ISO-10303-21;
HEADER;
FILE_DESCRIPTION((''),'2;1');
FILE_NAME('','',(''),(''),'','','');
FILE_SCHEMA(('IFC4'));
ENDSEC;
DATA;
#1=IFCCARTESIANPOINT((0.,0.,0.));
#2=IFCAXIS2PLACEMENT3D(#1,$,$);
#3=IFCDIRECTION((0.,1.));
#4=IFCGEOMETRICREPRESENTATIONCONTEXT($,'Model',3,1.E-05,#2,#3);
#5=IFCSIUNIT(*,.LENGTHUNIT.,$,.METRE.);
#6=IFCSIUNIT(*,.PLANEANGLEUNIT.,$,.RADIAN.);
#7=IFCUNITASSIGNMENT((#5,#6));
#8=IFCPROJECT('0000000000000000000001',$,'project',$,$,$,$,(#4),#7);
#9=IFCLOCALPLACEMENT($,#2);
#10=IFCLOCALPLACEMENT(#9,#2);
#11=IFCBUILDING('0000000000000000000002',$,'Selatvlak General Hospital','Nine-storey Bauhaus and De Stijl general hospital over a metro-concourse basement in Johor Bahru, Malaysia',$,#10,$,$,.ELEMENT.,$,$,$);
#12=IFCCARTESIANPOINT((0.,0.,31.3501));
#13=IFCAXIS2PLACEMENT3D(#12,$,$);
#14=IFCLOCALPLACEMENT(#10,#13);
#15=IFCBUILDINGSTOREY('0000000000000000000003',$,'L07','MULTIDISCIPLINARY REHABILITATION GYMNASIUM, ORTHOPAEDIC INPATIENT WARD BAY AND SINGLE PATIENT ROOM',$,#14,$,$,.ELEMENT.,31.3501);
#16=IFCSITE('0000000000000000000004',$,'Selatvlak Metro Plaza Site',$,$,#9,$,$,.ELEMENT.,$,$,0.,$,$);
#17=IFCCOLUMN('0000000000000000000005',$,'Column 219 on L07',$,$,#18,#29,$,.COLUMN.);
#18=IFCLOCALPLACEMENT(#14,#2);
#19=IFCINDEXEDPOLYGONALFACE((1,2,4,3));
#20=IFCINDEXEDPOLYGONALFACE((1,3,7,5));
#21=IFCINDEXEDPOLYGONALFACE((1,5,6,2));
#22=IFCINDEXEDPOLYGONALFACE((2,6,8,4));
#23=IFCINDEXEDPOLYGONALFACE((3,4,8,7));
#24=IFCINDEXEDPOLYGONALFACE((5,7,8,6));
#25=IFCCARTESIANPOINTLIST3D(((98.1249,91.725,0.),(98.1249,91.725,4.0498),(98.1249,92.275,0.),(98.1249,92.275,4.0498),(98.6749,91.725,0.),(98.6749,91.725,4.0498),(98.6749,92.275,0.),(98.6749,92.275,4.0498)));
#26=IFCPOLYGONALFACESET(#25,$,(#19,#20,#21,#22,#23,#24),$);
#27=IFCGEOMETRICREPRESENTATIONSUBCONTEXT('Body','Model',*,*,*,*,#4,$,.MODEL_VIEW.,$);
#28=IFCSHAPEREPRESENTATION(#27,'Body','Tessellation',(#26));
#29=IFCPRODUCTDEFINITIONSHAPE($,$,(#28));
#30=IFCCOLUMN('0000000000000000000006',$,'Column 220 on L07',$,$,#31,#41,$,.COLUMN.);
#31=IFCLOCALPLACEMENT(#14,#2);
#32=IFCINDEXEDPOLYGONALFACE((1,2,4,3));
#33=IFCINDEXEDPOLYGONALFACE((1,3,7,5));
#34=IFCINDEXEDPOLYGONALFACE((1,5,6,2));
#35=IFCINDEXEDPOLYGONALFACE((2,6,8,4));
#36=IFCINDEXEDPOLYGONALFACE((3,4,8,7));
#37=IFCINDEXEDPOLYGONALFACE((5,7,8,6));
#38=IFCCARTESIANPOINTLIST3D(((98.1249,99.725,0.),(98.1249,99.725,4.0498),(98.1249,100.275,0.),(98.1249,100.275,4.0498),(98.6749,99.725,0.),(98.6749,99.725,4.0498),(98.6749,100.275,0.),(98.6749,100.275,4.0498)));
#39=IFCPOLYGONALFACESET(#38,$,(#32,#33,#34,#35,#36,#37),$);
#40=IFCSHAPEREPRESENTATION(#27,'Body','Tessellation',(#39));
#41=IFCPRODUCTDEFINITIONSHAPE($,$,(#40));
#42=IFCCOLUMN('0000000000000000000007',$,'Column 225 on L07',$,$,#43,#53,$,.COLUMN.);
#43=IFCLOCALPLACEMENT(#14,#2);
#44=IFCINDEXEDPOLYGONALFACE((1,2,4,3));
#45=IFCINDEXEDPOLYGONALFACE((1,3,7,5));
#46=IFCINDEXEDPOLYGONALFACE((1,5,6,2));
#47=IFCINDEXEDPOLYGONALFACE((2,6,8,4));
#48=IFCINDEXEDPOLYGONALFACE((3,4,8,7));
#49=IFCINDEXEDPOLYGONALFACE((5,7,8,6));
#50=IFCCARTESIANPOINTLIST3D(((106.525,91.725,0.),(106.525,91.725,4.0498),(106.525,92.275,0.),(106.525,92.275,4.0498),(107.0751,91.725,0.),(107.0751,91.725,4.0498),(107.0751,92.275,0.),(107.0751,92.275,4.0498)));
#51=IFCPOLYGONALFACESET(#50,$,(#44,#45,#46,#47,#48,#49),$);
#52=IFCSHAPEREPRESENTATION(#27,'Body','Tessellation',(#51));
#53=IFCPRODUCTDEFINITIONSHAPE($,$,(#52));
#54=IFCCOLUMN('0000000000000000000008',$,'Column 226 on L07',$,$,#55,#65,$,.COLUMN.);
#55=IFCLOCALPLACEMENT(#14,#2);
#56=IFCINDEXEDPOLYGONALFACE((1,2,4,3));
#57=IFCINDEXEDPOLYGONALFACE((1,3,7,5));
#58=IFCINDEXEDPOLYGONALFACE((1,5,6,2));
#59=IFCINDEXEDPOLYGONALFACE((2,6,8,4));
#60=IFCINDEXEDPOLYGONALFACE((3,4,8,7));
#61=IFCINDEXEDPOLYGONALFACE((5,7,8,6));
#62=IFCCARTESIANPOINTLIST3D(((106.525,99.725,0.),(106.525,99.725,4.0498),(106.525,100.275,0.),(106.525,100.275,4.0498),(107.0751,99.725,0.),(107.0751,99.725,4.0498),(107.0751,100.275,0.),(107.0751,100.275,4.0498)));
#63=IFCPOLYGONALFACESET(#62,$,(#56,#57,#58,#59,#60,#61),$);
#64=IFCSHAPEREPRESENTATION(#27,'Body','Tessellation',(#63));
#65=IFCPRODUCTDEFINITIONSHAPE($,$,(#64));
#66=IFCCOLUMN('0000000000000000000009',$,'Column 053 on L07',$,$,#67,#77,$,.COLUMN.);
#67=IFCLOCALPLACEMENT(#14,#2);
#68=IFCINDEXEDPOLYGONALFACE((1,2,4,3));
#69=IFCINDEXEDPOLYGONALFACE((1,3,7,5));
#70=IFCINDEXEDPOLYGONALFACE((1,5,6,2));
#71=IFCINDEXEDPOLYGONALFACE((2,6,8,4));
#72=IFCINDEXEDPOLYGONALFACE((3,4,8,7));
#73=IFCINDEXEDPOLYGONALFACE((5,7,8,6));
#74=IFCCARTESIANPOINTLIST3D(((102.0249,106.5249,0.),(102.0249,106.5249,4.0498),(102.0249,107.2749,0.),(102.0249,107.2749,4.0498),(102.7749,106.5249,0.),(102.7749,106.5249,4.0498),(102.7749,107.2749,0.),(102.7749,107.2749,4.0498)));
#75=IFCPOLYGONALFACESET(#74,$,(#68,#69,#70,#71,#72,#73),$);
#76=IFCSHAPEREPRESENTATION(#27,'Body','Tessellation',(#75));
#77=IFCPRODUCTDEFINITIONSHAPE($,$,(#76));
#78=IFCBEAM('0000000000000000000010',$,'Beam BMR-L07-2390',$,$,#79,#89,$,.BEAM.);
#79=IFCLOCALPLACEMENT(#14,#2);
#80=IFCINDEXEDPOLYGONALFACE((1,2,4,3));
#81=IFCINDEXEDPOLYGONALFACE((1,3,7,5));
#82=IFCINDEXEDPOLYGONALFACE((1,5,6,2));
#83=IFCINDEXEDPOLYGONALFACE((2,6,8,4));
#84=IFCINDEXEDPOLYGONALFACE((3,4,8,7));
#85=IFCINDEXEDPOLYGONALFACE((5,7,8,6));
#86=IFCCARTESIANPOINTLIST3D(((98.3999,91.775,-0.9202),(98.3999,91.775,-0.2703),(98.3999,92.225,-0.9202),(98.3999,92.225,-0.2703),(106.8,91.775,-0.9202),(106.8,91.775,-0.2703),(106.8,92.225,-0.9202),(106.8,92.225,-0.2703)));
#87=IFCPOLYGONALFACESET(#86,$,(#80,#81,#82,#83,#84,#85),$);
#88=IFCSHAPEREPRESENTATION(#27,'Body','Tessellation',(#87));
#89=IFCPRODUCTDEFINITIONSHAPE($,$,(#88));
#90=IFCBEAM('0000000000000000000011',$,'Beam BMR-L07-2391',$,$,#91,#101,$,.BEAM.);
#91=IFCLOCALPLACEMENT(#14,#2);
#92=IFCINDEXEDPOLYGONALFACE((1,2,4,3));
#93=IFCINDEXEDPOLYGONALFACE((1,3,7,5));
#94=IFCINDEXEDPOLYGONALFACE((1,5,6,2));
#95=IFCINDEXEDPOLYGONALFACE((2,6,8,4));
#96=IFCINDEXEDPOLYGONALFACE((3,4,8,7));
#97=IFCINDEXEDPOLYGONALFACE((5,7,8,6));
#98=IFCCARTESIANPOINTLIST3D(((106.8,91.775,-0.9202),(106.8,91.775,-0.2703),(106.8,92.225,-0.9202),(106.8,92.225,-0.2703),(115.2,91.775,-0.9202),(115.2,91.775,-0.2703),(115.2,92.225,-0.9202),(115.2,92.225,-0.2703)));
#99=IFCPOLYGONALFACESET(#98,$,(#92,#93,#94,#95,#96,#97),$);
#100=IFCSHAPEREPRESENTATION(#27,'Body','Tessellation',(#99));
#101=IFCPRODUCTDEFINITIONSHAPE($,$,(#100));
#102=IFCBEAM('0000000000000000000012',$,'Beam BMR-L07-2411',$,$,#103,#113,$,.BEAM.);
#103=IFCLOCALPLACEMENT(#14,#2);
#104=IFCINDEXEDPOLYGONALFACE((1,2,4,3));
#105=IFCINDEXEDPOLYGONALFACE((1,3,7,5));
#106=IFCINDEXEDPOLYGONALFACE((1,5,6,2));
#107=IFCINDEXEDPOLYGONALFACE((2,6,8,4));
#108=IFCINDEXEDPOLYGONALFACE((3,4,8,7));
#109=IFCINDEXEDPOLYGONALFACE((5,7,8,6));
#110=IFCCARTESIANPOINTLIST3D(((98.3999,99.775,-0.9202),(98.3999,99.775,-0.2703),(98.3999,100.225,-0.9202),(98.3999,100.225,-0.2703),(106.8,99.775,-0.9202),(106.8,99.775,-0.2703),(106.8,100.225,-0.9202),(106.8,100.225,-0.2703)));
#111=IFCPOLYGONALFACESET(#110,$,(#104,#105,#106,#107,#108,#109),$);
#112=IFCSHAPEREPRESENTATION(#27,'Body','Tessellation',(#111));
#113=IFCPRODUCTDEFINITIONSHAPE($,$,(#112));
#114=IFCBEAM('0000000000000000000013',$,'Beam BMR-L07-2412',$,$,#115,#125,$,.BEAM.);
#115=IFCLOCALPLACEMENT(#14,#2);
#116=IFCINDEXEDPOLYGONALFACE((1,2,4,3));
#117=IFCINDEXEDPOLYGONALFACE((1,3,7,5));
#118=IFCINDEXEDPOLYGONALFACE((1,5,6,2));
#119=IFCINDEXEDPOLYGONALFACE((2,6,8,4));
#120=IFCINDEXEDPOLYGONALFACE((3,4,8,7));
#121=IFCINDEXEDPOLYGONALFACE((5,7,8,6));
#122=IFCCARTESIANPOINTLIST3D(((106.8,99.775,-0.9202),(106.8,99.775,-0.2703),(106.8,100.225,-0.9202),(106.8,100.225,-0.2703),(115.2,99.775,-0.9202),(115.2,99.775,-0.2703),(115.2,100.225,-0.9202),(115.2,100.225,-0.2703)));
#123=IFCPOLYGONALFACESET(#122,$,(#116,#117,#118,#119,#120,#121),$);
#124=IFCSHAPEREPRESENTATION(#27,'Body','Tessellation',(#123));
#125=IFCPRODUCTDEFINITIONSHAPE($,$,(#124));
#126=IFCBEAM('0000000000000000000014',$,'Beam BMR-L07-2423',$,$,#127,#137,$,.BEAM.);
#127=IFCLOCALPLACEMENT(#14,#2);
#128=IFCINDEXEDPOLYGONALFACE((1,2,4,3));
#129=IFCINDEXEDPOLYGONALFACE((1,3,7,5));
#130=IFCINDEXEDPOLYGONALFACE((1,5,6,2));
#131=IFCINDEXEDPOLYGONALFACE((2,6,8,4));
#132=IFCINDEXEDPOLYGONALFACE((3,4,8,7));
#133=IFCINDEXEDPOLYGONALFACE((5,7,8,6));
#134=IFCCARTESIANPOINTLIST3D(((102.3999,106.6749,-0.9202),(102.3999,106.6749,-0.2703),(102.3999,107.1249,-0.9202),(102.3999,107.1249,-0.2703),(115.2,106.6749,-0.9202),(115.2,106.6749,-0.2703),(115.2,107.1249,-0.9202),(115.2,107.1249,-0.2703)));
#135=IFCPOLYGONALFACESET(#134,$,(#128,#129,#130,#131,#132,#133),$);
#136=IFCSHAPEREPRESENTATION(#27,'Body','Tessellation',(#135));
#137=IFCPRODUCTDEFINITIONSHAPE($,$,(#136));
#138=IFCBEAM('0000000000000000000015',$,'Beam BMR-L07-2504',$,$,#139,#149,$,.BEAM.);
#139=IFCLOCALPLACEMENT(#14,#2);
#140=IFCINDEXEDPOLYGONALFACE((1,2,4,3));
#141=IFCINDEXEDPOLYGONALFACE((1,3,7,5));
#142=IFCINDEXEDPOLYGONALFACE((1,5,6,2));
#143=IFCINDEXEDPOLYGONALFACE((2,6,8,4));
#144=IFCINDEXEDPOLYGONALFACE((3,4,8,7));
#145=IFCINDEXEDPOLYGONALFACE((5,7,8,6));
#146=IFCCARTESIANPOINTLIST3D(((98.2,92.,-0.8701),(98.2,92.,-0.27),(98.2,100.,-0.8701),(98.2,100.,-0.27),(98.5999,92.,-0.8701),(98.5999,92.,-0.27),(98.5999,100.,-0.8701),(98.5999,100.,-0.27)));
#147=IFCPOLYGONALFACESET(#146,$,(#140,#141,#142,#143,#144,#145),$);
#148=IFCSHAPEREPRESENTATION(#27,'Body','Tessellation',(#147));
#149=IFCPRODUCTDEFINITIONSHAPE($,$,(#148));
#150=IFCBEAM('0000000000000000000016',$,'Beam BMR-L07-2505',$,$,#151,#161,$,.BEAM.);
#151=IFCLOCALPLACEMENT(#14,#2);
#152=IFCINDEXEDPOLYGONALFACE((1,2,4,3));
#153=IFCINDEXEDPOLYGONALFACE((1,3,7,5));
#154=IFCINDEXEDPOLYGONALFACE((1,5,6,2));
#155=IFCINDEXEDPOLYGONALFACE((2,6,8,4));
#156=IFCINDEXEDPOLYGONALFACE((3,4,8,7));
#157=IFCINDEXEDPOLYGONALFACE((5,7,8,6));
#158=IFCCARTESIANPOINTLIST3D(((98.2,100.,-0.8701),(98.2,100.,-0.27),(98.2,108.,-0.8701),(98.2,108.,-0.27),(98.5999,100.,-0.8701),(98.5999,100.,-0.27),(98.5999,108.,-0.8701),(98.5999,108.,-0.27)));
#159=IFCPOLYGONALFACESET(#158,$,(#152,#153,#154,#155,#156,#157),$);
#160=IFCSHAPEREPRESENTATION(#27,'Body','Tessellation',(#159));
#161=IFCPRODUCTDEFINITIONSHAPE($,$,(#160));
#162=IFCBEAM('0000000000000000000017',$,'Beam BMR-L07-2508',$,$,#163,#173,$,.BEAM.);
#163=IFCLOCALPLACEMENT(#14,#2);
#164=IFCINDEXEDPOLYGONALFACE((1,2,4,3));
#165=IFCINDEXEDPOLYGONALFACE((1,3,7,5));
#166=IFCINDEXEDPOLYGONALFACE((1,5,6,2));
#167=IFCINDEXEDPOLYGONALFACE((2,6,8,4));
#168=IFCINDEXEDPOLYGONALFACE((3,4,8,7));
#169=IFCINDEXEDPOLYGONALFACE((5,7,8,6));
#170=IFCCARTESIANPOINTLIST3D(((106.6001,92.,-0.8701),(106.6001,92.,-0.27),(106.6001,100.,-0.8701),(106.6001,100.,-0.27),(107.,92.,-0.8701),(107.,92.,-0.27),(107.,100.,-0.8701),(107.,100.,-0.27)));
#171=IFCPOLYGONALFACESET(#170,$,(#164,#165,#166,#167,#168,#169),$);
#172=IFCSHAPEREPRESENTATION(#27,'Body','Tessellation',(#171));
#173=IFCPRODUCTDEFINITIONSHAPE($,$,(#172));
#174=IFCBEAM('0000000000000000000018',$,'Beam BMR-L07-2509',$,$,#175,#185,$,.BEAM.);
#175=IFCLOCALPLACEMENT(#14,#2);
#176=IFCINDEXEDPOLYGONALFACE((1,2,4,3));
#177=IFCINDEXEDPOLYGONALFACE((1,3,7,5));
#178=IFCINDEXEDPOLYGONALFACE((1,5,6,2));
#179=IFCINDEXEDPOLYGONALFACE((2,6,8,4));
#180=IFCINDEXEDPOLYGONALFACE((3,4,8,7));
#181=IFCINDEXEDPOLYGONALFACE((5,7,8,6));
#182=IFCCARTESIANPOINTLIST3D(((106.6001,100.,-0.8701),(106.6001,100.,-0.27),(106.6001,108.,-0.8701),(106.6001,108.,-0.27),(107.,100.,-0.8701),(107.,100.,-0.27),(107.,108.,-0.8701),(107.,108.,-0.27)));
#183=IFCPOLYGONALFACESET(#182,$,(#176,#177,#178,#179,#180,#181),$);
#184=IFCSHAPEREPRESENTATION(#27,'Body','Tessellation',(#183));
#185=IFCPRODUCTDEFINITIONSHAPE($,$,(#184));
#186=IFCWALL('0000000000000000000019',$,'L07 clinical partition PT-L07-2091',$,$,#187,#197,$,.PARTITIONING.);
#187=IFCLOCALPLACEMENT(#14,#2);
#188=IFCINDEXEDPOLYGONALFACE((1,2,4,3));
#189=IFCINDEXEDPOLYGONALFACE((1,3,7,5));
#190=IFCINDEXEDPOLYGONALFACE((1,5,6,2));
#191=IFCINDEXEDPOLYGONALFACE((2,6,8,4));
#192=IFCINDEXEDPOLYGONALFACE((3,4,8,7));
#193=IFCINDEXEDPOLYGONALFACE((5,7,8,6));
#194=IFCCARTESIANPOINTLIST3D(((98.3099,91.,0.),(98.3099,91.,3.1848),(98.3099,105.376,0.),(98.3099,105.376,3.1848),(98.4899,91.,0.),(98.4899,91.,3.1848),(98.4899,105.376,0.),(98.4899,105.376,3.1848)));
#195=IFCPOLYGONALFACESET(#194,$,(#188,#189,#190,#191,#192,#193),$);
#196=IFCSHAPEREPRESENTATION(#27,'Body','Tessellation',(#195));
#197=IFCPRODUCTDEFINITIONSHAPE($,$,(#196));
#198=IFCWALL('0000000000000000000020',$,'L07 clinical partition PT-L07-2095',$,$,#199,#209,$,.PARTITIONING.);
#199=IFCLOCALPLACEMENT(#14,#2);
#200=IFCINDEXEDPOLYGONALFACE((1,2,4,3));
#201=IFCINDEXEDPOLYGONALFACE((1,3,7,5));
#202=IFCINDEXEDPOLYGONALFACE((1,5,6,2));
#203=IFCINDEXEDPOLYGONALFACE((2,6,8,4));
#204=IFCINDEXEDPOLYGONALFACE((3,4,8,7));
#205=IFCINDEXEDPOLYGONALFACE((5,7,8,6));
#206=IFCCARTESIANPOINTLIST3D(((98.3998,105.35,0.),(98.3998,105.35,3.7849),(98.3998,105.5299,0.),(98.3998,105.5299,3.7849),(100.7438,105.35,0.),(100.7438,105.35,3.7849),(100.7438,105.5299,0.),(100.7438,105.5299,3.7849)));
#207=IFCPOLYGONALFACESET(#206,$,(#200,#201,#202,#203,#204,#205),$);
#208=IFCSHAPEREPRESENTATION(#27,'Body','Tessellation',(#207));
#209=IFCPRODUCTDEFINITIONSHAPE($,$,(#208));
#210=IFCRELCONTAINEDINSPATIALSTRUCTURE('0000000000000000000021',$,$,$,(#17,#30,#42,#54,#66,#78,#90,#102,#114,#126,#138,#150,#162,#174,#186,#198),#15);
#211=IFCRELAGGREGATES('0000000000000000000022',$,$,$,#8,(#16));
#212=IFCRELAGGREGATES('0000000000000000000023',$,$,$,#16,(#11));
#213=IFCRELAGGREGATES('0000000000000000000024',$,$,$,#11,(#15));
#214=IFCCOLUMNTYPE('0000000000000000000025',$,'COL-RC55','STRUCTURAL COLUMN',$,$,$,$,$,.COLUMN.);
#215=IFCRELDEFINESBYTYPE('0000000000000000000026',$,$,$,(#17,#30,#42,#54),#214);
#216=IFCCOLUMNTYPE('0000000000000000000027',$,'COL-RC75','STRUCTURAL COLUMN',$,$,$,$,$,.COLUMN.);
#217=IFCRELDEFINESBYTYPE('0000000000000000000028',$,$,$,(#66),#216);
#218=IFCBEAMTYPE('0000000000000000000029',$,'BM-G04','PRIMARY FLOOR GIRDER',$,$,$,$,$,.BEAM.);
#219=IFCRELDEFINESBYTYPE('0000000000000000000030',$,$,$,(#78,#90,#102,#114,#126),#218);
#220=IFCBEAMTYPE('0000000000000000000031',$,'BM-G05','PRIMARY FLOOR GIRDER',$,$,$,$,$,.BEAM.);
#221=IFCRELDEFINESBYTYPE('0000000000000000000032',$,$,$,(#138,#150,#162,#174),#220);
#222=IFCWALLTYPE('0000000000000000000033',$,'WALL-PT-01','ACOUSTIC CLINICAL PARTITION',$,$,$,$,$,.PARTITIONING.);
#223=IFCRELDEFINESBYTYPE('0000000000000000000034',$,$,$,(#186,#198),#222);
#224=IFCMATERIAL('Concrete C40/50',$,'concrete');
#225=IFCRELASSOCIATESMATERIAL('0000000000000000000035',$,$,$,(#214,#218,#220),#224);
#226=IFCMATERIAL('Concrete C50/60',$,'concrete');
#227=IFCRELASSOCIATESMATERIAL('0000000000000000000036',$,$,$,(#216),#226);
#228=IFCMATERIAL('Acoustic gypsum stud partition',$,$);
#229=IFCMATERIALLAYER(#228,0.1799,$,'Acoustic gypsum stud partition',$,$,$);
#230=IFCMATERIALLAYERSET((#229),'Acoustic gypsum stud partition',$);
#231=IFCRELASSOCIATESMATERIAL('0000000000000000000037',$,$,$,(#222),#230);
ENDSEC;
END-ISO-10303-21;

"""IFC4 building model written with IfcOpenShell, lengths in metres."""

from ifc_helpers import new_model, si_unit, direction, frame, frame_2d, origin, origin_2d, place, context, subcontext, project, spatial, rectangle, extrude, material, layer, layer_set, material_profile, profile_set, type_object, element, save


model = new_model("IFC4")

# Units and contexts
model_context = context("Model", 3, precision=1e-05, world=origin(), true_north=direction((0.0, 1.0)))
body_context = subcontext(model_context, "Body", "Model", "MODEL_VIEW")
ifc_project = project(units=[si_unit("LENGTHUNIT", "METRE"), si_unit("PLANEANGLEUNIT", "RADIAN")], contexts=[model_context])

# Site, building, storey
site_placement = place(None, origin())
site = spatial("IfcSite", under=ifc_project, at=site_placement, Name="Selatvlak Metro Plaza Site", CompositionType="ELEMENT", RefElevation=0.0)
building_placement = place(site_placement, origin())
building = spatial("IfcBuilding", under=site, at=building_placement, Name="Selatvlak General Hospital", Description="Nine-storey Bauhaus and De Stijl general hospital over a metro-concourse basement in Johor Bahru, Malaysia", CompositionType="ELEMENT")
storey_placement = place(building_placement, frame((0.0, 0.0, 31.3501)))
storey = spatial("IfcBuildingStorey", under=building, at=storey_placement, Name="L07", Description="MULTIDISCIPLINARY REHABILITATION GYMNASIUM, ORTHOPAEDIC INPATIENT WARD BAY AND SINGLE PATIENT ROOM", CompositionType="ELEMENT", Elevation=31.3501)

# Columns
ifc_material_1 = material(Name="Concrete C40/50", Category="concrete")
ifc_material_profile_1 = material_profile(ifc_material_1, rectangle(XDim=0.55, YDim=0.55, at=origin_2d()), Name="RC-COL 550x550")
ifc_profile_set_1 = profile_set([ifc_material_profile_1], Name="Concrete C40/50")
column_type_1 = type_object("IfcColumnType", Name="COL-RC55", Description="STRUCTURAL COLUMN", PredefinedType="COLUMN", material=ifc_profile_set_1)
for number, where, z_axis, x_axis, name in (
    (1, (98.3999, 92.0, 0.0), (0.0, 0.0, 1.0), (1.0, 0.0, 0.0), "Column 219 on L07"),
    (2, (98.3999, 100.0, 0.0), (0.0, 0.0, 1.0), (1.0, 0.0, 0.0), "Column 220 on L07"),
    (3, (106.8, 92.0, 0.0), (0.0, 0.0, 1.0), (1.0, 0.0, 0.0), "Column 225 on L07"),
    (4, (106.8, 100.0, 0.0), (0.0, 0.0, 1.0), (1.0, 0.0, 0.0), "Column 226 on L07"),
):
    element("IfcColumn", number, at=place(storey_placement, frame(where, z_axis=z_axis, x_axis=x_axis)), inside=storey, type_object=column_type_1, Name=name, PredefinedType="COLUMN", context=body_context, shape_type="SweptSolid", body=[
        extrude(rectangle(XDim=0.55, YDim=0.55, at=origin_2d()), origin(), (0.0, 0.0, 1.0), 4.0498),
    ])
ifc_material_2 = material(Name="Concrete C50/60", Category="concrete")
ifc_material_profile_2 = material_profile(ifc_material_2, rectangle(XDim=0.75, YDim=0.75, at=origin_2d()), Name="RC-COL 750x750")
ifc_profile_set_2 = profile_set([ifc_material_profile_2], Name="Concrete C50/60")
column_type_2 = type_object("IfcColumnType", Name="COL-RC75", Description="STRUCTURAL COLUMN", PredefinedType="COLUMN", material=ifc_profile_set_2)
column_placement = place(storey_placement, frame((102.3999, 106.8999, 0.0), z_axis=(0.0, 0.0, 1.0), x_axis=(1.0, 0.0, 0.0)))
element("IfcColumn", 5, at=column_placement, inside=storey, type_object=column_type_2, Name="Column 053 on L07", PredefinedType="COLUMN", context=body_context, shape_type="SweptSolid", body=[
    extrude(rectangle(XDim=0.75, YDim=0.75, at=origin_2d()), origin(), (0.0, 0.0, 1.0), 4.0498),
])

# Beams
ifc_material_profile_3 = material_profile(ifc_material_1, rectangle(XDim=0.45, YDim=0.6499, at=origin_2d()), Name="RC-BM 450x650")
ifc_profile_set_3 = profile_set([ifc_material_profile_3], Name="Concrete C40/50")
beam_type_1 = type_object("IfcBeamType", Name="BM-G04", Description="PRIMARY FLOOR GIRDER", PredefinedType="BEAM", material=ifc_profile_set_3)
beam_1_placement = place(storey_placement, frame((98.3999, 92.0, -0.5952), z_axis=(1.0, 0.0, 0.0), x_axis=(0.0, 1.0, 0.0)))
element("IfcBeam", 6, at=beam_1_placement, inside=storey, type_object=beam_type_1, Name="Beam BMR-L07-2390", PredefinedType="BEAM", context=body_context, shape_type="SweptSolid", body=[
    extrude(rectangle(XDim=0.45, YDim=0.6499, at=origin_2d()), origin(), (0.0, 0.0, 1.0), 8.4001),
])
beam_2_placement = place(storey_placement, frame((106.8, 92.0, -0.5952), z_axis=(1.0, 0.0, 0.0), x_axis=(0.0, 1.0, 0.0)))
element("IfcBeam", 7, at=beam_2_placement, inside=storey, type_object=beam_type_1, Name="Beam BMR-L07-2391", PredefinedType="BEAM", context=body_context, shape_type="SweptSolid", body=[
    extrude(rectangle(XDim=0.45, YDim=0.6499, at=origin_2d()), origin(), (0.0, 0.0, 1.0), 8.3999),
])
beam_3_placement = place(storey_placement, frame((98.3999, 100.0, -0.5952), z_axis=(1.0, 0.0, 0.0), x_axis=(0.0, 1.0, 0.0)))
element("IfcBeam", 8, at=beam_3_placement, inside=storey, type_object=beam_type_1, Name="Beam BMR-L07-2411", PredefinedType="BEAM", context=body_context, shape_type="SweptSolid", body=[
    extrude(rectangle(XDim=0.45, YDim=0.6499, at=origin_2d()), origin(), (0.0, 0.0, 1.0), 8.4001),
])
beam_4_placement = place(storey_placement, frame((106.8, 100.0, -0.5952), z_axis=(1.0, 0.0, 0.0), x_axis=(0.0, 1.0, 0.0)))
element("IfcBeam", 9, at=beam_4_placement, inside=storey, type_object=beam_type_1, Name="Beam BMR-L07-2412", PredefinedType="BEAM", context=body_context, shape_type="SweptSolid", body=[
    extrude(rectangle(XDim=0.45, YDim=0.6499, at=origin_2d()), origin(), (0.0, 0.0, 1.0), 8.3999),
])
beam_5_placement = place(storey_placement, frame((102.3999, 106.8999, -0.5952), z_axis=(1.0, 0.0, 0.0), x_axis=(0.0, 1.0, 0.0)))
element("IfcBeam", 10, at=beam_5_placement, inside=storey, type_object=beam_type_1, Name="Beam BMR-L07-2423", PredefinedType="BEAM", context=body_context, shape_type="SweptSolid", body=[
    extrude(rectangle(XDim=0.45, YDim=0.6499, at=origin_2d()), origin(), (0.0, 0.0, 1.0), 12.8),
])
ifc_material_profile_4 = material_profile(ifc_material_1, rectangle(XDim=0.3999, YDim=0.6001, at=origin_2d()), Name="RC-BM 400x600")
ifc_profile_set_4 = profile_set([ifc_material_profile_4], Name="Concrete C40/50")
beam_type_2 = type_object("IfcBeamType", Name="BM-G05", Description="PRIMARY FLOOR GIRDER", PredefinedType="BEAM", material=ifc_profile_set_4)
for number, where, z_axis, x_axis, name in (
    (11, (98.3999, 92.0, -0.5701), (0.0, 1.0, 0.0), (-1.0, 0.0, 0.0), "Beam BMR-L07-2504"),
    (12, (98.3999, 100.0, -0.5701), (0.0, 1.0, 0.0), (-1.0, 0.0, 0.0), "Beam BMR-L07-2505"),
    (13, (106.8, 92.0, -0.5701), (0.0, 1.0, 0.0), (-1.0, 0.0, 0.0), "Beam BMR-L07-2508"),
    (14, (106.8, 100.0, -0.5701), (0.0, 1.0, 0.0), (-1.0, 0.0, 0.0), "Beam BMR-L07-2509"),
):
    element("IfcBeam", number, at=place(storey_placement, frame(where, z_axis=z_axis, x_axis=x_axis)), inside=storey, type_object=beam_type_2, Name=name, PredefinedType="BEAM", context=body_context, shape_type="SweptSolid", body=[
        extrude(rectangle(XDim=0.3999, YDim=0.6001, at=origin_2d()), origin(), (0.0, 0.0, 1.0), 8.0),
    ])

# Walls
ifc_material_3 = material(Name="Acoustic gypsum stud partition")
ifc_layer_1 = layer(ifc_material_3, 0.1799, Name="Acoustic gypsum stud partition")
ifc_layer_set_1 = layer_set([ifc_layer_1], Name="Acoustic gypsum stud partition")
wall_type_1 = type_object("IfcWallType", Name="WALL-PT-01", Description="ACOUSTIC CLINICAL PARTITION", PredefinedType="PARTITIONING", material=ifc_layer_set_1)
wall_1_placement = place(storey_placement, frame((98.3999, 105.376, 0.0), z_axis=(0.0, 0.0, 1.0), x_axis=(0.0, -1.0, 0.0)))
element("IfcWall", 15, at=wall_1_placement, inside=storey, type_object=wall_type_1, Name="L07 clinical partition PT-L07-2091", PredefinedType="PARTITIONING", context=body_context, shape_type="SweptSolid", body=[
    extrude(rectangle(XDim=14.376, YDim=0.1799, at=frame_2d((7.188, 0.0))), origin(), (0.0, 0.0, 1.0), 3.1848),
])
wall_2_placement = place(storey_placement, frame((98.3999, 105.4399, 0.0), z_axis=(0.0, 0.0, 1.0), x_axis=(1.0, 0.0, 0.0)))
element("IfcWall", 16, at=wall_2_placement, inside=storey, type_object=wall_type_1, Name="L07 clinical partition PT-L07-2095", PredefinedType="PARTITIONING", context=body_context, shape_type="SweptSolid", body=[
    extrude(rectangle(XDim=2.344, YDim=0.1799, at=frame_2d((1.1719, 0.0))), origin(), (0.0, 0.0, 1.0), 3.7849),
])

save(model, "model.ifc")
